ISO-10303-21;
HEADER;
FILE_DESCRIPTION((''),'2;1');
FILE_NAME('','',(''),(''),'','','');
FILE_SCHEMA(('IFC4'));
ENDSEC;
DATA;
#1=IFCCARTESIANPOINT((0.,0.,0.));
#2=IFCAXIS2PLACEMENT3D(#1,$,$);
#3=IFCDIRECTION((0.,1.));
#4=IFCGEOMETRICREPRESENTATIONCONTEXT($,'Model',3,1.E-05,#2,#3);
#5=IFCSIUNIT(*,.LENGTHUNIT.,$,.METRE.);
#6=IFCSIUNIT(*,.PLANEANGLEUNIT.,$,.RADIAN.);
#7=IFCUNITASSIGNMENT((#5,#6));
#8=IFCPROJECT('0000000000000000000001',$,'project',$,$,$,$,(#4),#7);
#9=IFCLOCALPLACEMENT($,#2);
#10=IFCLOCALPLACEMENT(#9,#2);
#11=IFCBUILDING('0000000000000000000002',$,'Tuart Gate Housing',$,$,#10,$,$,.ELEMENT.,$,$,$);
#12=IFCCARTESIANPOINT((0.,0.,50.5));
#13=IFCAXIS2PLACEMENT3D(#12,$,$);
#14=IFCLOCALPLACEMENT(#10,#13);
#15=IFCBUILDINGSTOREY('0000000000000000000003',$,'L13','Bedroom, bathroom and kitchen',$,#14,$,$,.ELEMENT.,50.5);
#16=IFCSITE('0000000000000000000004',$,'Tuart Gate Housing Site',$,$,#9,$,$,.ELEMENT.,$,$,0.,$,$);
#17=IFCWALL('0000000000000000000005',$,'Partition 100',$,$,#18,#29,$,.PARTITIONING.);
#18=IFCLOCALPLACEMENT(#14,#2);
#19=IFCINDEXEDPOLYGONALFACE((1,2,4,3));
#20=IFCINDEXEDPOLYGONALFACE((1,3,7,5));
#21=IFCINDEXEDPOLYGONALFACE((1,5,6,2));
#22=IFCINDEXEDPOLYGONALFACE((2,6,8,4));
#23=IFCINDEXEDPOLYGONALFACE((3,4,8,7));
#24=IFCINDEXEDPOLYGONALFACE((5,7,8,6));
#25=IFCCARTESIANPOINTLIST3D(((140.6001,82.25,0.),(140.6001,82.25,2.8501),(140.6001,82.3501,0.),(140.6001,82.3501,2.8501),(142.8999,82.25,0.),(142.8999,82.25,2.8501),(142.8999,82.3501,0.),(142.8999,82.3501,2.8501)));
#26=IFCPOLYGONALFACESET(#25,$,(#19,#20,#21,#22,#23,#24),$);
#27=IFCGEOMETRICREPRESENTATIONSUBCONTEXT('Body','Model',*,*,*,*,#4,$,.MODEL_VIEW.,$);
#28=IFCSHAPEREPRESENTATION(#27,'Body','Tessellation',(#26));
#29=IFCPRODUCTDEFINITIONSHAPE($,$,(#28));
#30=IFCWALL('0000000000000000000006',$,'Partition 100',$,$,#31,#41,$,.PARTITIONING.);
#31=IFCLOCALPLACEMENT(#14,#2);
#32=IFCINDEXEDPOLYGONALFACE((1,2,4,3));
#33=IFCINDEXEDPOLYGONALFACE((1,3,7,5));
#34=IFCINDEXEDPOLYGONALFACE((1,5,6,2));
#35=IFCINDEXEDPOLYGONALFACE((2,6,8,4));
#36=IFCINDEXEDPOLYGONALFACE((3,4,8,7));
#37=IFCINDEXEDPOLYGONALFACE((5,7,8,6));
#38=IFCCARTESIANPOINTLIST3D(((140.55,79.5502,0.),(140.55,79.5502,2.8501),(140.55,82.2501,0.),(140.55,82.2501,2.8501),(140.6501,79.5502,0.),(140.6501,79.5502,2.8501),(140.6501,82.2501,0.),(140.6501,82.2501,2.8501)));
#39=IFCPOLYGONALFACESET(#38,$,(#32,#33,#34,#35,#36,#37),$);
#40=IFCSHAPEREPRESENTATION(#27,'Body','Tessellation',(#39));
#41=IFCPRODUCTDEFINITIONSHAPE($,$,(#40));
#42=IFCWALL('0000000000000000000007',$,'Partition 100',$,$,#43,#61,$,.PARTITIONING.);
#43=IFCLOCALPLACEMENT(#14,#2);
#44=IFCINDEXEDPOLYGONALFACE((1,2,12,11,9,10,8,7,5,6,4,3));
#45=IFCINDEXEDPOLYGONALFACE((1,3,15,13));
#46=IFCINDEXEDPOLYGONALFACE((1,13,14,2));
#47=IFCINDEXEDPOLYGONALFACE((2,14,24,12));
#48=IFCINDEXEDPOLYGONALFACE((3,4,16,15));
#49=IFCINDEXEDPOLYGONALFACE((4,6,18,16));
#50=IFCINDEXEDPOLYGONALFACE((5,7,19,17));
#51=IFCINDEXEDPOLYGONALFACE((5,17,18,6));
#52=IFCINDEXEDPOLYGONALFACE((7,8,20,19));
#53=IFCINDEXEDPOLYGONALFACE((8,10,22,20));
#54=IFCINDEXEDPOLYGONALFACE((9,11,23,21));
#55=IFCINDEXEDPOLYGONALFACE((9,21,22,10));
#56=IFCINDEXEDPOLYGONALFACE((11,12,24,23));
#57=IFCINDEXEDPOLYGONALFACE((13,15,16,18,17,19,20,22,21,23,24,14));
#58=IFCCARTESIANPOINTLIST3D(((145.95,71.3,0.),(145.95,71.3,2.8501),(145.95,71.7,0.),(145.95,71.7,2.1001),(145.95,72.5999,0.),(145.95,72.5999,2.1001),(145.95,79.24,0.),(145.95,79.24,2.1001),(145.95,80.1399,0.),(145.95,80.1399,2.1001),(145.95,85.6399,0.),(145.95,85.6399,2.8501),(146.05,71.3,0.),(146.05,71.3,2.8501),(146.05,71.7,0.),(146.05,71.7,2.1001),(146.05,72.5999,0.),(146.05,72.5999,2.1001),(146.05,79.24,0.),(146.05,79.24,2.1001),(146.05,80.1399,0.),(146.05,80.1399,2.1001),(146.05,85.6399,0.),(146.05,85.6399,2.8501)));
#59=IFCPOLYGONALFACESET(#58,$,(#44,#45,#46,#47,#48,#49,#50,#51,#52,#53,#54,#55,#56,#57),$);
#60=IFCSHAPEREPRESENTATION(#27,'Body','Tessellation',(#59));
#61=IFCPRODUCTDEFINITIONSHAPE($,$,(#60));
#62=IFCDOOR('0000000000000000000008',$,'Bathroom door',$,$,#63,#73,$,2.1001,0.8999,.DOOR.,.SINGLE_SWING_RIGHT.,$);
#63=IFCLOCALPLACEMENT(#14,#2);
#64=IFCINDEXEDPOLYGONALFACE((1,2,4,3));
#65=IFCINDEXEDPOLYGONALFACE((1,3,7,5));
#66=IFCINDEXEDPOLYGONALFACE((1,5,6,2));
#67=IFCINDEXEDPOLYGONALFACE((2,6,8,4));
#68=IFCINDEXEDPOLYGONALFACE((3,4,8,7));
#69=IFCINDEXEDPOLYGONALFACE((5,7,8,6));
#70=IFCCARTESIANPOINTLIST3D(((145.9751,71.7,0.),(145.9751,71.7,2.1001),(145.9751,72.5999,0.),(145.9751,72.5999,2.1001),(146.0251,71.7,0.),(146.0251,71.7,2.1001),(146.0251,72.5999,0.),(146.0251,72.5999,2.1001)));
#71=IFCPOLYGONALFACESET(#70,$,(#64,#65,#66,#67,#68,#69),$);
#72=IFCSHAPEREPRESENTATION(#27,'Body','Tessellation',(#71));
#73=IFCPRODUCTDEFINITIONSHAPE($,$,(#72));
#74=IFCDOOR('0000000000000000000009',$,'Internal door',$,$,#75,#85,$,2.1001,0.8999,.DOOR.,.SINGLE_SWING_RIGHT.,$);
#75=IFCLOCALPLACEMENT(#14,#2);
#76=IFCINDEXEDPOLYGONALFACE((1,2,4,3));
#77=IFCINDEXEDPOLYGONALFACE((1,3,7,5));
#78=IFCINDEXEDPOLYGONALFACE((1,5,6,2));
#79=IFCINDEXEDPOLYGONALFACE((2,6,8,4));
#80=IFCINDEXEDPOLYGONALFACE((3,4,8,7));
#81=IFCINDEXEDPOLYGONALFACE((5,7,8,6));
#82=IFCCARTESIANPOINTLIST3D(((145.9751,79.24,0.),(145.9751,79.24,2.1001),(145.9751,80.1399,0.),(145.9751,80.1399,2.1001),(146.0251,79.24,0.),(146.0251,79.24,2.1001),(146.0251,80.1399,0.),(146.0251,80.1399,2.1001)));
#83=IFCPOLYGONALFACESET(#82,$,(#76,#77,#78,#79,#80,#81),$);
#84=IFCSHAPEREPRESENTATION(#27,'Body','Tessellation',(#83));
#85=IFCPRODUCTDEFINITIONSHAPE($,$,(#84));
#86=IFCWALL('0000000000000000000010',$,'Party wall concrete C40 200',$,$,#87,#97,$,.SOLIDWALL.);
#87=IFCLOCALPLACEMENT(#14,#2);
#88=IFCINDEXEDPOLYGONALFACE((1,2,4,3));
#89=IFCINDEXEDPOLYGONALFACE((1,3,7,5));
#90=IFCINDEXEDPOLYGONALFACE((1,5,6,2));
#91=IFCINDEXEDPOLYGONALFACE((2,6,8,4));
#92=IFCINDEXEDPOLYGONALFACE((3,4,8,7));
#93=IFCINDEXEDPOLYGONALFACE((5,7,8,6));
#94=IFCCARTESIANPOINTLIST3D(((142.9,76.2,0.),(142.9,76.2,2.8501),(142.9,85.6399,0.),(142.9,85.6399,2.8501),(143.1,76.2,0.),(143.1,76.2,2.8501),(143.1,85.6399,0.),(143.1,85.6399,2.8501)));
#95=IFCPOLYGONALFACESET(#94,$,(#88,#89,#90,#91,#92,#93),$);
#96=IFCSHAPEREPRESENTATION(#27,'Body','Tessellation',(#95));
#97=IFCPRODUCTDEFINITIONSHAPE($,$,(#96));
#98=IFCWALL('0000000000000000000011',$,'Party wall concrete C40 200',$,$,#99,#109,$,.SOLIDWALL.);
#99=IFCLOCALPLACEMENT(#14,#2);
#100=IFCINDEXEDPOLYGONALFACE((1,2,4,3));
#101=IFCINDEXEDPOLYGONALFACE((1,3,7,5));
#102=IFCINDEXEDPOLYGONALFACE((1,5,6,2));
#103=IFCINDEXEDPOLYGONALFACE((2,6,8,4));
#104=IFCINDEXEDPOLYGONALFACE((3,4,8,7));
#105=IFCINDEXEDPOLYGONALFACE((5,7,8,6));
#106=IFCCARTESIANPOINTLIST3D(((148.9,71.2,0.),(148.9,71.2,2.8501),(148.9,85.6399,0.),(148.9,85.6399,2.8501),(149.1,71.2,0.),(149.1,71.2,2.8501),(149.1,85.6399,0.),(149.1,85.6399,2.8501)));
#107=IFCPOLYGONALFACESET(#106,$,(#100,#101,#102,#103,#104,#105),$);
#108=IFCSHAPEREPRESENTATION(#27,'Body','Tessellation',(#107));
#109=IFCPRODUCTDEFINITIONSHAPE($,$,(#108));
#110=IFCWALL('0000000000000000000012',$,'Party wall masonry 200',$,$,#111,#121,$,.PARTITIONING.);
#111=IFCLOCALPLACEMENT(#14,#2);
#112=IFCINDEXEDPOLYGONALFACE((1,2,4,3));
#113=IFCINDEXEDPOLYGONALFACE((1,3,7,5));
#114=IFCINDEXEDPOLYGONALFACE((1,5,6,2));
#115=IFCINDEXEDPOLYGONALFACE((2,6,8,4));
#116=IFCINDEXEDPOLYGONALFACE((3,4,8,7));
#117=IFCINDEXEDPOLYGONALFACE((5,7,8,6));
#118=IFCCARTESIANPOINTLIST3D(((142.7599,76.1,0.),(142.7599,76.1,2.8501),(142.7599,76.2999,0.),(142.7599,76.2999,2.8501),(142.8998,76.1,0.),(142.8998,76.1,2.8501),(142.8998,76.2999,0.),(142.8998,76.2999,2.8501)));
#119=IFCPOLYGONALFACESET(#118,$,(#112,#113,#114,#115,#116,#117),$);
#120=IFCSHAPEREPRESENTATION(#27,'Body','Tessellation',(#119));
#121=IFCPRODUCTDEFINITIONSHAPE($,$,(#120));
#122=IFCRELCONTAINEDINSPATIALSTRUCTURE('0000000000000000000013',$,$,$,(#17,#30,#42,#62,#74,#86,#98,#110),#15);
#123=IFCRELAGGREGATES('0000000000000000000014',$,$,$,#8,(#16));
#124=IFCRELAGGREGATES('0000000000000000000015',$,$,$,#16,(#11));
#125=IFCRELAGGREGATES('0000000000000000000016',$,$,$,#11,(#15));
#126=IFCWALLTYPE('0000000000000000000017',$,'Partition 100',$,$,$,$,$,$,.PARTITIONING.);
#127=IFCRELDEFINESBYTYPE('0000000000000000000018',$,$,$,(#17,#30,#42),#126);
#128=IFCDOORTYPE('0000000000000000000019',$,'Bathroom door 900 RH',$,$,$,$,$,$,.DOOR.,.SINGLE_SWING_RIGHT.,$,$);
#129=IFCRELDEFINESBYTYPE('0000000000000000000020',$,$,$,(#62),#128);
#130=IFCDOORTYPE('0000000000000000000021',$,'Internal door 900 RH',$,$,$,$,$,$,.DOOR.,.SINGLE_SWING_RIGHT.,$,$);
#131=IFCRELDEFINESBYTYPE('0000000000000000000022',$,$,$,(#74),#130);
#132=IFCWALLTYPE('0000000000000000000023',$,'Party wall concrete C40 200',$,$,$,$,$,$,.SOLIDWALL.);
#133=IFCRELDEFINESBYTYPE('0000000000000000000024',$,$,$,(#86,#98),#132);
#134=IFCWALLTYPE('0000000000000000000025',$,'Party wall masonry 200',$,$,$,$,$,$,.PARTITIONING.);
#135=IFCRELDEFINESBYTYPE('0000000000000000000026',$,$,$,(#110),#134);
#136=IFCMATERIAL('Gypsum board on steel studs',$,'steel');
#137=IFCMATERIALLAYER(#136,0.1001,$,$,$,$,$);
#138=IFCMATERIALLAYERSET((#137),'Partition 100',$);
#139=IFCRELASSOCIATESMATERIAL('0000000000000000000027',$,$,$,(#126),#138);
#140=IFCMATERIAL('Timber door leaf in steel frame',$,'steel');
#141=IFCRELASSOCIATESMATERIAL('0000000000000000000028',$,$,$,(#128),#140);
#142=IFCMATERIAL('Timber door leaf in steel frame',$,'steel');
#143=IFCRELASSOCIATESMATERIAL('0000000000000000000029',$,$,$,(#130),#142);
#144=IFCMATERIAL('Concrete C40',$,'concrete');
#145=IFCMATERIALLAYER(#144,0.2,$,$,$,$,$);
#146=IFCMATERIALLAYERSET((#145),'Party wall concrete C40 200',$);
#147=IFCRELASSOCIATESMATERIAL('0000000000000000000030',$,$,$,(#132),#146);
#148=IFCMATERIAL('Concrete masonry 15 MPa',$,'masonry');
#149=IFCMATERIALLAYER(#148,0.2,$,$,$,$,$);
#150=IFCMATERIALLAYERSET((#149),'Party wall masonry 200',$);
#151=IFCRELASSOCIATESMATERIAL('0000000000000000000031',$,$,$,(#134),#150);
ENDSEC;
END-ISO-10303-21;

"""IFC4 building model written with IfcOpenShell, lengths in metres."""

from ifc_helpers import new_model, si_unit, direction, frame, frame_2d, origin, place, context, subcontext, project, spatial, rectangle, extrude, material, layer, layer_set, type_object, element, fill, save


model = new_model("IFC4")

# Units and contexts
model_context = context("Model", 3, precision=1e-05, world=origin(), true_north=direction((0.0, 1.0)))
body_context = subcontext(model_context, "Body", "Model", "MODEL_VIEW")
ifc_project = project(units=[si_unit("LENGTHUNIT", "METRE"), si_unit("PLANEANGLEUNIT", "RADIAN")], contexts=[model_context])

# Site, building, storey
site_placement = place(None, origin())
site = spatial("IfcSite", under=ifc_project, at=site_placement, Name="Tuart Gate Housing Site", CompositionType="ELEMENT", RefElevation=0.0)
building_placement = place(site_placement, origin())
building = spatial("IfcBuilding", under=site, at=building_placement, Name="Tuart Gate Housing", CompositionType="ELEMENT")
storey_placement = place(building_placement, frame((0.0, 0.0, 50.5)))
storey = spatial("IfcBuildingStorey", under=building, at=storey_placement, Name="L13", Description="Bedroom, bathroom and kitchen", CompositionType="ELEMENT", Elevation=50.5)

# Shared definitions
ifc_material_1 = material(Name="Gypsum board on steel studs", Category="steel")
ifc_layer_1 = layer(ifc_material_1, 0.1001)
ifc_layer_set_1 = layer_set([ifc_layer_1], Name="Partition 100")
wall_type_1 = type_object("IfcWallType", Name="Partition 100", PredefinedType="PARTITIONING", material=ifc_layer_set_1)

# Walls
wall_1_placement = place(storey_placement, frame((140.6001, 82.3, 0.0), z_axis=(0.0, 0.0, 1.0), x_axis=(1.0, 0.0, 0.0)))
element("IfcWall", 1, at=wall_1_placement, inside=storey, type_object=wall_type_1, Name="Partition 100", PredefinedType="PARTITIONING", context=body_context, shape_type="SweptSolid", body=[
    extrude(rectangle(XDim=2.2998, YDim=0.1001, at=frame_2d((1.1499, 0.0))), origin(), (0.0, 0.0, 1.0), 2.8501),
])
wall_2_placement = place(storey_placement, frame((140.6001, 79.55, 0.0), z_axis=(0.0, 0.0, 1.0), x_axis=(0.0, 1.0, 0.0)))
element("IfcWall", 2, at=wall_2_placement, inside=storey, type_object=wall_type_1, Name="Partition 100", PredefinedType="PARTITIONING", context=body_context, shape_type="SweptSolid", body=[
    extrude(rectangle(XDim=2.7, YDim=0.1001, at=frame_2d((1.3501, 0.0))), origin(), (0.0, 0.0, 1.0), 2.8501),
])

# Wall, openings, doors
wall_3_placement = place(storey_placement, frame((146.0, 71.3, 0.0), z_axis=(0.0, 0.0, 1.0), x_axis=(0.0, 1.0, 0.0)))
wall_3 = element("IfcWall", 3, at=wall_3_placement, inside=storey, type_object=wall_type_1, Name="Partition 100", PredefinedType="PARTITIONING", context=body_context, shape_type="SweptSolid", body=[
    extrude(rectangle(XDim=14.3398, YDim=0.1001, at=frame_2d((7.1699, 0.0))), origin(), (0.0, 0.0, 1.0), 2.8501),
])
opening_1_placement = place(wall_3_placement, frame((7.9399, 0.0, 0.0)))
opening_1 = element("IfcOpeningElement", 4, at=opening_1_placement, cuts=wall_3, PredefinedType="OPENING", context=body_context, shape_type="SweptSolid", body=[
    extrude(rectangle(XDim=0.8999, YDim=2.1001, at=frame_2d((0.45, 1.05))), frame((0.0, 0.0601, 0.0), z_axis=(0.0, -1.0, 0.0), x_axis=(1.0, 0.0, 0.0)), (0.0, 0.0, 1.0), 0.1201),
])
opening_2_placement = place(wall_3_placement, frame((0.3999, 0.0, 0.0)))
opening_2 = element("IfcOpeningElement", 5, at=opening_2_placement, cuts=wall_3, PredefinedType="OPENING", context=body_context, shape_type="SweptSolid", body=[
    extrude(rectangle(XDim=0.8999, YDim=2.1001, at=frame_2d((0.45, 1.05))), frame((0.0, 0.0601, 0.0), z_axis=(0.0, -1.0, 0.0), x_axis=(1.0, 0.0, 0.0)), (0.0, 0.0, 1.0), 0.1201),
])
ifc_material_2 = material(Name="Timber door leaf in steel frame", Category="steel")
door_type_1 = type_object("IfcDoorType", Name="Bathroom door 900 RH", OperationType="SINGLE_SWING_RIGHT", PredefinedType="DOOR", material=ifc_material_2)
door_1_placement = place(opening_2_placement, frame((0.8999, 0.0, 0.0), z_axis=(0.0, 0.0, 1.0), x_axis=(-1.0, 0.0, 0.0)))
door_1 = element("IfcDoor", 6, at=door_1_placement, inside=storey, type_object=door_type_1, Name="Bathroom door", OperationType="SINGLE_SWING_RIGHT", OverallHeight=2.1001, OverallWidth=0.8999, PredefinedType="DOOR", context=body_context, shape_type="SweptSolid", body=[
    extrude(rectangle(XDim=0.8999, YDim=2.1001, at=frame_2d((0.45, 1.05))), frame((0.0, 0.0251, 0.0), z_axis=(0.0, -1.0, 0.0), x_axis=(1.0, 0.0, 0.0)), (0.0, 0.0, 1.0), 0.05),
])
fill(opening_2, door_1)
ifc_material_3 = material(Name="Timber door leaf in steel frame", Category="steel")
door_type_2 = type_object("IfcDoorType", Name="Internal door 900 RH", OperationType="SINGLE_SWING_RIGHT", PredefinedType="DOOR", material=ifc_material_3)
door_2_placement = place(opening_1_placement, frame((0.8999, 0.0, 0.0), z_axis=(0.0, 0.0, 1.0), x_axis=(-1.0, 0.0, 0.0)))
door_2 = element("IfcDoor", 7, at=door_2_placement, inside=storey, type_object=door_type_2, Name="Internal door", OperationType="SINGLE_SWING_RIGHT", OverallHeight=2.1001, OverallWidth=0.8999, PredefinedType="DOOR", context=body_context, shape_type="SweptSolid", body=[
    extrude(rectangle(XDim=0.8999, YDim=2.1001, at=frame_2d((0.45, 1.05))), frame((0.0, 0.0251, 0.0), z_axis=(0.0, -1.0, 0.0), x_axis=(1.0, 0.0, 0.0)), (0.0, 0.0, 1.0), 0.05),
])
fill(opening_1, door_2)

# Walls
ifc_material_4 = material(Name="Concrete C40", Category="concrete")
ifc_layer_2 = layer(ifc_material_4, 0.2)
ifc_layer_set_2 = layer_set([ifc_layer_2], Name="Party wall concrete C40 200")
wall_type_2 = type_object("IfcWallType", Name="Party wall concrete C40 200", PredefinedType="SOLIDWALL", material=ifc_layer_set_2)
wall_4_placement = place(storey_placement, frame((143.0, 76.2, 0.0), z_axis=(0.0, 0.0, 1.0), x_axis=(0.0, 1.0, 0.0)))
element("IfcWall", 8, at=wall_4_placement, inside=storey, type_object=wall_type_2, Name="Party wall concrete C40 200", PredefinedType="SOLIDWALL", context=body_context, shape_type="SweptSolid", body=[
    extrude(rectangle(XDim=9.4399, YDim=0.2, at=frame_2d((4.72, 0.0))), origin(), (0.0, 0.0, 1.0), 2.8501),
])
wall_5_placement = place(storey_placement, frame((149.0, 71.2, 0.0), z_axis=(0.0, 0.0, 1.0), x_axis=(0.0, 1.0, 0.0)))
element("IfcWall", 9, at=wall_5_placement, inside=storey, type_object=wall_type_2, Name="Party wall concrete C40 200", PredefinedType="SOLIDWALL", context=body_context, shape_type="SweptSolid", body=[
    extrude(rectangle(XDim=14.4399, YDim=0.2, at=frame_2d((7.22, 0.0))), origin(), (0.0, 0.0, 1.0), 2.8501),
])
ifc_material_5 = material(Name="Concrete masonry 15 MPa", Category="masonry")
ifc_layer_3 = layer(ifc_material_5, 0.2)
ifc_layer_set_3 = layer_set([ifc_layer_3], Name="Party wall masonry 200")
wall_type_3 = type_object("IfcWallType", Name="Party wall masonry 200", PredefinedType="PARTITIONING", material=ifc_layer_set_3)
wall_6_placement = place(storey_placement, frame((142.76, 76.2, 0.0), z_axis=(0.0, 0.0, 1.0), x_axis=(1.0, 0.0, 0.0)))
element("IfcWall", 10, at=wall_6_placement, inside=storey, type_object=wall_type_3, Name="Party wall masonry 200", PredefinedType="PARTITIONING", context=body_context, shape_type="SweptSolid", body=[
    extrude(rectangle(XDim=0.1399, YDim=0.2, at=frame_2d((0.0698, 0.0))), origin(), (0.0, 0.0, 1.0), 2.8501),
])

save(model, "model.ifc")
